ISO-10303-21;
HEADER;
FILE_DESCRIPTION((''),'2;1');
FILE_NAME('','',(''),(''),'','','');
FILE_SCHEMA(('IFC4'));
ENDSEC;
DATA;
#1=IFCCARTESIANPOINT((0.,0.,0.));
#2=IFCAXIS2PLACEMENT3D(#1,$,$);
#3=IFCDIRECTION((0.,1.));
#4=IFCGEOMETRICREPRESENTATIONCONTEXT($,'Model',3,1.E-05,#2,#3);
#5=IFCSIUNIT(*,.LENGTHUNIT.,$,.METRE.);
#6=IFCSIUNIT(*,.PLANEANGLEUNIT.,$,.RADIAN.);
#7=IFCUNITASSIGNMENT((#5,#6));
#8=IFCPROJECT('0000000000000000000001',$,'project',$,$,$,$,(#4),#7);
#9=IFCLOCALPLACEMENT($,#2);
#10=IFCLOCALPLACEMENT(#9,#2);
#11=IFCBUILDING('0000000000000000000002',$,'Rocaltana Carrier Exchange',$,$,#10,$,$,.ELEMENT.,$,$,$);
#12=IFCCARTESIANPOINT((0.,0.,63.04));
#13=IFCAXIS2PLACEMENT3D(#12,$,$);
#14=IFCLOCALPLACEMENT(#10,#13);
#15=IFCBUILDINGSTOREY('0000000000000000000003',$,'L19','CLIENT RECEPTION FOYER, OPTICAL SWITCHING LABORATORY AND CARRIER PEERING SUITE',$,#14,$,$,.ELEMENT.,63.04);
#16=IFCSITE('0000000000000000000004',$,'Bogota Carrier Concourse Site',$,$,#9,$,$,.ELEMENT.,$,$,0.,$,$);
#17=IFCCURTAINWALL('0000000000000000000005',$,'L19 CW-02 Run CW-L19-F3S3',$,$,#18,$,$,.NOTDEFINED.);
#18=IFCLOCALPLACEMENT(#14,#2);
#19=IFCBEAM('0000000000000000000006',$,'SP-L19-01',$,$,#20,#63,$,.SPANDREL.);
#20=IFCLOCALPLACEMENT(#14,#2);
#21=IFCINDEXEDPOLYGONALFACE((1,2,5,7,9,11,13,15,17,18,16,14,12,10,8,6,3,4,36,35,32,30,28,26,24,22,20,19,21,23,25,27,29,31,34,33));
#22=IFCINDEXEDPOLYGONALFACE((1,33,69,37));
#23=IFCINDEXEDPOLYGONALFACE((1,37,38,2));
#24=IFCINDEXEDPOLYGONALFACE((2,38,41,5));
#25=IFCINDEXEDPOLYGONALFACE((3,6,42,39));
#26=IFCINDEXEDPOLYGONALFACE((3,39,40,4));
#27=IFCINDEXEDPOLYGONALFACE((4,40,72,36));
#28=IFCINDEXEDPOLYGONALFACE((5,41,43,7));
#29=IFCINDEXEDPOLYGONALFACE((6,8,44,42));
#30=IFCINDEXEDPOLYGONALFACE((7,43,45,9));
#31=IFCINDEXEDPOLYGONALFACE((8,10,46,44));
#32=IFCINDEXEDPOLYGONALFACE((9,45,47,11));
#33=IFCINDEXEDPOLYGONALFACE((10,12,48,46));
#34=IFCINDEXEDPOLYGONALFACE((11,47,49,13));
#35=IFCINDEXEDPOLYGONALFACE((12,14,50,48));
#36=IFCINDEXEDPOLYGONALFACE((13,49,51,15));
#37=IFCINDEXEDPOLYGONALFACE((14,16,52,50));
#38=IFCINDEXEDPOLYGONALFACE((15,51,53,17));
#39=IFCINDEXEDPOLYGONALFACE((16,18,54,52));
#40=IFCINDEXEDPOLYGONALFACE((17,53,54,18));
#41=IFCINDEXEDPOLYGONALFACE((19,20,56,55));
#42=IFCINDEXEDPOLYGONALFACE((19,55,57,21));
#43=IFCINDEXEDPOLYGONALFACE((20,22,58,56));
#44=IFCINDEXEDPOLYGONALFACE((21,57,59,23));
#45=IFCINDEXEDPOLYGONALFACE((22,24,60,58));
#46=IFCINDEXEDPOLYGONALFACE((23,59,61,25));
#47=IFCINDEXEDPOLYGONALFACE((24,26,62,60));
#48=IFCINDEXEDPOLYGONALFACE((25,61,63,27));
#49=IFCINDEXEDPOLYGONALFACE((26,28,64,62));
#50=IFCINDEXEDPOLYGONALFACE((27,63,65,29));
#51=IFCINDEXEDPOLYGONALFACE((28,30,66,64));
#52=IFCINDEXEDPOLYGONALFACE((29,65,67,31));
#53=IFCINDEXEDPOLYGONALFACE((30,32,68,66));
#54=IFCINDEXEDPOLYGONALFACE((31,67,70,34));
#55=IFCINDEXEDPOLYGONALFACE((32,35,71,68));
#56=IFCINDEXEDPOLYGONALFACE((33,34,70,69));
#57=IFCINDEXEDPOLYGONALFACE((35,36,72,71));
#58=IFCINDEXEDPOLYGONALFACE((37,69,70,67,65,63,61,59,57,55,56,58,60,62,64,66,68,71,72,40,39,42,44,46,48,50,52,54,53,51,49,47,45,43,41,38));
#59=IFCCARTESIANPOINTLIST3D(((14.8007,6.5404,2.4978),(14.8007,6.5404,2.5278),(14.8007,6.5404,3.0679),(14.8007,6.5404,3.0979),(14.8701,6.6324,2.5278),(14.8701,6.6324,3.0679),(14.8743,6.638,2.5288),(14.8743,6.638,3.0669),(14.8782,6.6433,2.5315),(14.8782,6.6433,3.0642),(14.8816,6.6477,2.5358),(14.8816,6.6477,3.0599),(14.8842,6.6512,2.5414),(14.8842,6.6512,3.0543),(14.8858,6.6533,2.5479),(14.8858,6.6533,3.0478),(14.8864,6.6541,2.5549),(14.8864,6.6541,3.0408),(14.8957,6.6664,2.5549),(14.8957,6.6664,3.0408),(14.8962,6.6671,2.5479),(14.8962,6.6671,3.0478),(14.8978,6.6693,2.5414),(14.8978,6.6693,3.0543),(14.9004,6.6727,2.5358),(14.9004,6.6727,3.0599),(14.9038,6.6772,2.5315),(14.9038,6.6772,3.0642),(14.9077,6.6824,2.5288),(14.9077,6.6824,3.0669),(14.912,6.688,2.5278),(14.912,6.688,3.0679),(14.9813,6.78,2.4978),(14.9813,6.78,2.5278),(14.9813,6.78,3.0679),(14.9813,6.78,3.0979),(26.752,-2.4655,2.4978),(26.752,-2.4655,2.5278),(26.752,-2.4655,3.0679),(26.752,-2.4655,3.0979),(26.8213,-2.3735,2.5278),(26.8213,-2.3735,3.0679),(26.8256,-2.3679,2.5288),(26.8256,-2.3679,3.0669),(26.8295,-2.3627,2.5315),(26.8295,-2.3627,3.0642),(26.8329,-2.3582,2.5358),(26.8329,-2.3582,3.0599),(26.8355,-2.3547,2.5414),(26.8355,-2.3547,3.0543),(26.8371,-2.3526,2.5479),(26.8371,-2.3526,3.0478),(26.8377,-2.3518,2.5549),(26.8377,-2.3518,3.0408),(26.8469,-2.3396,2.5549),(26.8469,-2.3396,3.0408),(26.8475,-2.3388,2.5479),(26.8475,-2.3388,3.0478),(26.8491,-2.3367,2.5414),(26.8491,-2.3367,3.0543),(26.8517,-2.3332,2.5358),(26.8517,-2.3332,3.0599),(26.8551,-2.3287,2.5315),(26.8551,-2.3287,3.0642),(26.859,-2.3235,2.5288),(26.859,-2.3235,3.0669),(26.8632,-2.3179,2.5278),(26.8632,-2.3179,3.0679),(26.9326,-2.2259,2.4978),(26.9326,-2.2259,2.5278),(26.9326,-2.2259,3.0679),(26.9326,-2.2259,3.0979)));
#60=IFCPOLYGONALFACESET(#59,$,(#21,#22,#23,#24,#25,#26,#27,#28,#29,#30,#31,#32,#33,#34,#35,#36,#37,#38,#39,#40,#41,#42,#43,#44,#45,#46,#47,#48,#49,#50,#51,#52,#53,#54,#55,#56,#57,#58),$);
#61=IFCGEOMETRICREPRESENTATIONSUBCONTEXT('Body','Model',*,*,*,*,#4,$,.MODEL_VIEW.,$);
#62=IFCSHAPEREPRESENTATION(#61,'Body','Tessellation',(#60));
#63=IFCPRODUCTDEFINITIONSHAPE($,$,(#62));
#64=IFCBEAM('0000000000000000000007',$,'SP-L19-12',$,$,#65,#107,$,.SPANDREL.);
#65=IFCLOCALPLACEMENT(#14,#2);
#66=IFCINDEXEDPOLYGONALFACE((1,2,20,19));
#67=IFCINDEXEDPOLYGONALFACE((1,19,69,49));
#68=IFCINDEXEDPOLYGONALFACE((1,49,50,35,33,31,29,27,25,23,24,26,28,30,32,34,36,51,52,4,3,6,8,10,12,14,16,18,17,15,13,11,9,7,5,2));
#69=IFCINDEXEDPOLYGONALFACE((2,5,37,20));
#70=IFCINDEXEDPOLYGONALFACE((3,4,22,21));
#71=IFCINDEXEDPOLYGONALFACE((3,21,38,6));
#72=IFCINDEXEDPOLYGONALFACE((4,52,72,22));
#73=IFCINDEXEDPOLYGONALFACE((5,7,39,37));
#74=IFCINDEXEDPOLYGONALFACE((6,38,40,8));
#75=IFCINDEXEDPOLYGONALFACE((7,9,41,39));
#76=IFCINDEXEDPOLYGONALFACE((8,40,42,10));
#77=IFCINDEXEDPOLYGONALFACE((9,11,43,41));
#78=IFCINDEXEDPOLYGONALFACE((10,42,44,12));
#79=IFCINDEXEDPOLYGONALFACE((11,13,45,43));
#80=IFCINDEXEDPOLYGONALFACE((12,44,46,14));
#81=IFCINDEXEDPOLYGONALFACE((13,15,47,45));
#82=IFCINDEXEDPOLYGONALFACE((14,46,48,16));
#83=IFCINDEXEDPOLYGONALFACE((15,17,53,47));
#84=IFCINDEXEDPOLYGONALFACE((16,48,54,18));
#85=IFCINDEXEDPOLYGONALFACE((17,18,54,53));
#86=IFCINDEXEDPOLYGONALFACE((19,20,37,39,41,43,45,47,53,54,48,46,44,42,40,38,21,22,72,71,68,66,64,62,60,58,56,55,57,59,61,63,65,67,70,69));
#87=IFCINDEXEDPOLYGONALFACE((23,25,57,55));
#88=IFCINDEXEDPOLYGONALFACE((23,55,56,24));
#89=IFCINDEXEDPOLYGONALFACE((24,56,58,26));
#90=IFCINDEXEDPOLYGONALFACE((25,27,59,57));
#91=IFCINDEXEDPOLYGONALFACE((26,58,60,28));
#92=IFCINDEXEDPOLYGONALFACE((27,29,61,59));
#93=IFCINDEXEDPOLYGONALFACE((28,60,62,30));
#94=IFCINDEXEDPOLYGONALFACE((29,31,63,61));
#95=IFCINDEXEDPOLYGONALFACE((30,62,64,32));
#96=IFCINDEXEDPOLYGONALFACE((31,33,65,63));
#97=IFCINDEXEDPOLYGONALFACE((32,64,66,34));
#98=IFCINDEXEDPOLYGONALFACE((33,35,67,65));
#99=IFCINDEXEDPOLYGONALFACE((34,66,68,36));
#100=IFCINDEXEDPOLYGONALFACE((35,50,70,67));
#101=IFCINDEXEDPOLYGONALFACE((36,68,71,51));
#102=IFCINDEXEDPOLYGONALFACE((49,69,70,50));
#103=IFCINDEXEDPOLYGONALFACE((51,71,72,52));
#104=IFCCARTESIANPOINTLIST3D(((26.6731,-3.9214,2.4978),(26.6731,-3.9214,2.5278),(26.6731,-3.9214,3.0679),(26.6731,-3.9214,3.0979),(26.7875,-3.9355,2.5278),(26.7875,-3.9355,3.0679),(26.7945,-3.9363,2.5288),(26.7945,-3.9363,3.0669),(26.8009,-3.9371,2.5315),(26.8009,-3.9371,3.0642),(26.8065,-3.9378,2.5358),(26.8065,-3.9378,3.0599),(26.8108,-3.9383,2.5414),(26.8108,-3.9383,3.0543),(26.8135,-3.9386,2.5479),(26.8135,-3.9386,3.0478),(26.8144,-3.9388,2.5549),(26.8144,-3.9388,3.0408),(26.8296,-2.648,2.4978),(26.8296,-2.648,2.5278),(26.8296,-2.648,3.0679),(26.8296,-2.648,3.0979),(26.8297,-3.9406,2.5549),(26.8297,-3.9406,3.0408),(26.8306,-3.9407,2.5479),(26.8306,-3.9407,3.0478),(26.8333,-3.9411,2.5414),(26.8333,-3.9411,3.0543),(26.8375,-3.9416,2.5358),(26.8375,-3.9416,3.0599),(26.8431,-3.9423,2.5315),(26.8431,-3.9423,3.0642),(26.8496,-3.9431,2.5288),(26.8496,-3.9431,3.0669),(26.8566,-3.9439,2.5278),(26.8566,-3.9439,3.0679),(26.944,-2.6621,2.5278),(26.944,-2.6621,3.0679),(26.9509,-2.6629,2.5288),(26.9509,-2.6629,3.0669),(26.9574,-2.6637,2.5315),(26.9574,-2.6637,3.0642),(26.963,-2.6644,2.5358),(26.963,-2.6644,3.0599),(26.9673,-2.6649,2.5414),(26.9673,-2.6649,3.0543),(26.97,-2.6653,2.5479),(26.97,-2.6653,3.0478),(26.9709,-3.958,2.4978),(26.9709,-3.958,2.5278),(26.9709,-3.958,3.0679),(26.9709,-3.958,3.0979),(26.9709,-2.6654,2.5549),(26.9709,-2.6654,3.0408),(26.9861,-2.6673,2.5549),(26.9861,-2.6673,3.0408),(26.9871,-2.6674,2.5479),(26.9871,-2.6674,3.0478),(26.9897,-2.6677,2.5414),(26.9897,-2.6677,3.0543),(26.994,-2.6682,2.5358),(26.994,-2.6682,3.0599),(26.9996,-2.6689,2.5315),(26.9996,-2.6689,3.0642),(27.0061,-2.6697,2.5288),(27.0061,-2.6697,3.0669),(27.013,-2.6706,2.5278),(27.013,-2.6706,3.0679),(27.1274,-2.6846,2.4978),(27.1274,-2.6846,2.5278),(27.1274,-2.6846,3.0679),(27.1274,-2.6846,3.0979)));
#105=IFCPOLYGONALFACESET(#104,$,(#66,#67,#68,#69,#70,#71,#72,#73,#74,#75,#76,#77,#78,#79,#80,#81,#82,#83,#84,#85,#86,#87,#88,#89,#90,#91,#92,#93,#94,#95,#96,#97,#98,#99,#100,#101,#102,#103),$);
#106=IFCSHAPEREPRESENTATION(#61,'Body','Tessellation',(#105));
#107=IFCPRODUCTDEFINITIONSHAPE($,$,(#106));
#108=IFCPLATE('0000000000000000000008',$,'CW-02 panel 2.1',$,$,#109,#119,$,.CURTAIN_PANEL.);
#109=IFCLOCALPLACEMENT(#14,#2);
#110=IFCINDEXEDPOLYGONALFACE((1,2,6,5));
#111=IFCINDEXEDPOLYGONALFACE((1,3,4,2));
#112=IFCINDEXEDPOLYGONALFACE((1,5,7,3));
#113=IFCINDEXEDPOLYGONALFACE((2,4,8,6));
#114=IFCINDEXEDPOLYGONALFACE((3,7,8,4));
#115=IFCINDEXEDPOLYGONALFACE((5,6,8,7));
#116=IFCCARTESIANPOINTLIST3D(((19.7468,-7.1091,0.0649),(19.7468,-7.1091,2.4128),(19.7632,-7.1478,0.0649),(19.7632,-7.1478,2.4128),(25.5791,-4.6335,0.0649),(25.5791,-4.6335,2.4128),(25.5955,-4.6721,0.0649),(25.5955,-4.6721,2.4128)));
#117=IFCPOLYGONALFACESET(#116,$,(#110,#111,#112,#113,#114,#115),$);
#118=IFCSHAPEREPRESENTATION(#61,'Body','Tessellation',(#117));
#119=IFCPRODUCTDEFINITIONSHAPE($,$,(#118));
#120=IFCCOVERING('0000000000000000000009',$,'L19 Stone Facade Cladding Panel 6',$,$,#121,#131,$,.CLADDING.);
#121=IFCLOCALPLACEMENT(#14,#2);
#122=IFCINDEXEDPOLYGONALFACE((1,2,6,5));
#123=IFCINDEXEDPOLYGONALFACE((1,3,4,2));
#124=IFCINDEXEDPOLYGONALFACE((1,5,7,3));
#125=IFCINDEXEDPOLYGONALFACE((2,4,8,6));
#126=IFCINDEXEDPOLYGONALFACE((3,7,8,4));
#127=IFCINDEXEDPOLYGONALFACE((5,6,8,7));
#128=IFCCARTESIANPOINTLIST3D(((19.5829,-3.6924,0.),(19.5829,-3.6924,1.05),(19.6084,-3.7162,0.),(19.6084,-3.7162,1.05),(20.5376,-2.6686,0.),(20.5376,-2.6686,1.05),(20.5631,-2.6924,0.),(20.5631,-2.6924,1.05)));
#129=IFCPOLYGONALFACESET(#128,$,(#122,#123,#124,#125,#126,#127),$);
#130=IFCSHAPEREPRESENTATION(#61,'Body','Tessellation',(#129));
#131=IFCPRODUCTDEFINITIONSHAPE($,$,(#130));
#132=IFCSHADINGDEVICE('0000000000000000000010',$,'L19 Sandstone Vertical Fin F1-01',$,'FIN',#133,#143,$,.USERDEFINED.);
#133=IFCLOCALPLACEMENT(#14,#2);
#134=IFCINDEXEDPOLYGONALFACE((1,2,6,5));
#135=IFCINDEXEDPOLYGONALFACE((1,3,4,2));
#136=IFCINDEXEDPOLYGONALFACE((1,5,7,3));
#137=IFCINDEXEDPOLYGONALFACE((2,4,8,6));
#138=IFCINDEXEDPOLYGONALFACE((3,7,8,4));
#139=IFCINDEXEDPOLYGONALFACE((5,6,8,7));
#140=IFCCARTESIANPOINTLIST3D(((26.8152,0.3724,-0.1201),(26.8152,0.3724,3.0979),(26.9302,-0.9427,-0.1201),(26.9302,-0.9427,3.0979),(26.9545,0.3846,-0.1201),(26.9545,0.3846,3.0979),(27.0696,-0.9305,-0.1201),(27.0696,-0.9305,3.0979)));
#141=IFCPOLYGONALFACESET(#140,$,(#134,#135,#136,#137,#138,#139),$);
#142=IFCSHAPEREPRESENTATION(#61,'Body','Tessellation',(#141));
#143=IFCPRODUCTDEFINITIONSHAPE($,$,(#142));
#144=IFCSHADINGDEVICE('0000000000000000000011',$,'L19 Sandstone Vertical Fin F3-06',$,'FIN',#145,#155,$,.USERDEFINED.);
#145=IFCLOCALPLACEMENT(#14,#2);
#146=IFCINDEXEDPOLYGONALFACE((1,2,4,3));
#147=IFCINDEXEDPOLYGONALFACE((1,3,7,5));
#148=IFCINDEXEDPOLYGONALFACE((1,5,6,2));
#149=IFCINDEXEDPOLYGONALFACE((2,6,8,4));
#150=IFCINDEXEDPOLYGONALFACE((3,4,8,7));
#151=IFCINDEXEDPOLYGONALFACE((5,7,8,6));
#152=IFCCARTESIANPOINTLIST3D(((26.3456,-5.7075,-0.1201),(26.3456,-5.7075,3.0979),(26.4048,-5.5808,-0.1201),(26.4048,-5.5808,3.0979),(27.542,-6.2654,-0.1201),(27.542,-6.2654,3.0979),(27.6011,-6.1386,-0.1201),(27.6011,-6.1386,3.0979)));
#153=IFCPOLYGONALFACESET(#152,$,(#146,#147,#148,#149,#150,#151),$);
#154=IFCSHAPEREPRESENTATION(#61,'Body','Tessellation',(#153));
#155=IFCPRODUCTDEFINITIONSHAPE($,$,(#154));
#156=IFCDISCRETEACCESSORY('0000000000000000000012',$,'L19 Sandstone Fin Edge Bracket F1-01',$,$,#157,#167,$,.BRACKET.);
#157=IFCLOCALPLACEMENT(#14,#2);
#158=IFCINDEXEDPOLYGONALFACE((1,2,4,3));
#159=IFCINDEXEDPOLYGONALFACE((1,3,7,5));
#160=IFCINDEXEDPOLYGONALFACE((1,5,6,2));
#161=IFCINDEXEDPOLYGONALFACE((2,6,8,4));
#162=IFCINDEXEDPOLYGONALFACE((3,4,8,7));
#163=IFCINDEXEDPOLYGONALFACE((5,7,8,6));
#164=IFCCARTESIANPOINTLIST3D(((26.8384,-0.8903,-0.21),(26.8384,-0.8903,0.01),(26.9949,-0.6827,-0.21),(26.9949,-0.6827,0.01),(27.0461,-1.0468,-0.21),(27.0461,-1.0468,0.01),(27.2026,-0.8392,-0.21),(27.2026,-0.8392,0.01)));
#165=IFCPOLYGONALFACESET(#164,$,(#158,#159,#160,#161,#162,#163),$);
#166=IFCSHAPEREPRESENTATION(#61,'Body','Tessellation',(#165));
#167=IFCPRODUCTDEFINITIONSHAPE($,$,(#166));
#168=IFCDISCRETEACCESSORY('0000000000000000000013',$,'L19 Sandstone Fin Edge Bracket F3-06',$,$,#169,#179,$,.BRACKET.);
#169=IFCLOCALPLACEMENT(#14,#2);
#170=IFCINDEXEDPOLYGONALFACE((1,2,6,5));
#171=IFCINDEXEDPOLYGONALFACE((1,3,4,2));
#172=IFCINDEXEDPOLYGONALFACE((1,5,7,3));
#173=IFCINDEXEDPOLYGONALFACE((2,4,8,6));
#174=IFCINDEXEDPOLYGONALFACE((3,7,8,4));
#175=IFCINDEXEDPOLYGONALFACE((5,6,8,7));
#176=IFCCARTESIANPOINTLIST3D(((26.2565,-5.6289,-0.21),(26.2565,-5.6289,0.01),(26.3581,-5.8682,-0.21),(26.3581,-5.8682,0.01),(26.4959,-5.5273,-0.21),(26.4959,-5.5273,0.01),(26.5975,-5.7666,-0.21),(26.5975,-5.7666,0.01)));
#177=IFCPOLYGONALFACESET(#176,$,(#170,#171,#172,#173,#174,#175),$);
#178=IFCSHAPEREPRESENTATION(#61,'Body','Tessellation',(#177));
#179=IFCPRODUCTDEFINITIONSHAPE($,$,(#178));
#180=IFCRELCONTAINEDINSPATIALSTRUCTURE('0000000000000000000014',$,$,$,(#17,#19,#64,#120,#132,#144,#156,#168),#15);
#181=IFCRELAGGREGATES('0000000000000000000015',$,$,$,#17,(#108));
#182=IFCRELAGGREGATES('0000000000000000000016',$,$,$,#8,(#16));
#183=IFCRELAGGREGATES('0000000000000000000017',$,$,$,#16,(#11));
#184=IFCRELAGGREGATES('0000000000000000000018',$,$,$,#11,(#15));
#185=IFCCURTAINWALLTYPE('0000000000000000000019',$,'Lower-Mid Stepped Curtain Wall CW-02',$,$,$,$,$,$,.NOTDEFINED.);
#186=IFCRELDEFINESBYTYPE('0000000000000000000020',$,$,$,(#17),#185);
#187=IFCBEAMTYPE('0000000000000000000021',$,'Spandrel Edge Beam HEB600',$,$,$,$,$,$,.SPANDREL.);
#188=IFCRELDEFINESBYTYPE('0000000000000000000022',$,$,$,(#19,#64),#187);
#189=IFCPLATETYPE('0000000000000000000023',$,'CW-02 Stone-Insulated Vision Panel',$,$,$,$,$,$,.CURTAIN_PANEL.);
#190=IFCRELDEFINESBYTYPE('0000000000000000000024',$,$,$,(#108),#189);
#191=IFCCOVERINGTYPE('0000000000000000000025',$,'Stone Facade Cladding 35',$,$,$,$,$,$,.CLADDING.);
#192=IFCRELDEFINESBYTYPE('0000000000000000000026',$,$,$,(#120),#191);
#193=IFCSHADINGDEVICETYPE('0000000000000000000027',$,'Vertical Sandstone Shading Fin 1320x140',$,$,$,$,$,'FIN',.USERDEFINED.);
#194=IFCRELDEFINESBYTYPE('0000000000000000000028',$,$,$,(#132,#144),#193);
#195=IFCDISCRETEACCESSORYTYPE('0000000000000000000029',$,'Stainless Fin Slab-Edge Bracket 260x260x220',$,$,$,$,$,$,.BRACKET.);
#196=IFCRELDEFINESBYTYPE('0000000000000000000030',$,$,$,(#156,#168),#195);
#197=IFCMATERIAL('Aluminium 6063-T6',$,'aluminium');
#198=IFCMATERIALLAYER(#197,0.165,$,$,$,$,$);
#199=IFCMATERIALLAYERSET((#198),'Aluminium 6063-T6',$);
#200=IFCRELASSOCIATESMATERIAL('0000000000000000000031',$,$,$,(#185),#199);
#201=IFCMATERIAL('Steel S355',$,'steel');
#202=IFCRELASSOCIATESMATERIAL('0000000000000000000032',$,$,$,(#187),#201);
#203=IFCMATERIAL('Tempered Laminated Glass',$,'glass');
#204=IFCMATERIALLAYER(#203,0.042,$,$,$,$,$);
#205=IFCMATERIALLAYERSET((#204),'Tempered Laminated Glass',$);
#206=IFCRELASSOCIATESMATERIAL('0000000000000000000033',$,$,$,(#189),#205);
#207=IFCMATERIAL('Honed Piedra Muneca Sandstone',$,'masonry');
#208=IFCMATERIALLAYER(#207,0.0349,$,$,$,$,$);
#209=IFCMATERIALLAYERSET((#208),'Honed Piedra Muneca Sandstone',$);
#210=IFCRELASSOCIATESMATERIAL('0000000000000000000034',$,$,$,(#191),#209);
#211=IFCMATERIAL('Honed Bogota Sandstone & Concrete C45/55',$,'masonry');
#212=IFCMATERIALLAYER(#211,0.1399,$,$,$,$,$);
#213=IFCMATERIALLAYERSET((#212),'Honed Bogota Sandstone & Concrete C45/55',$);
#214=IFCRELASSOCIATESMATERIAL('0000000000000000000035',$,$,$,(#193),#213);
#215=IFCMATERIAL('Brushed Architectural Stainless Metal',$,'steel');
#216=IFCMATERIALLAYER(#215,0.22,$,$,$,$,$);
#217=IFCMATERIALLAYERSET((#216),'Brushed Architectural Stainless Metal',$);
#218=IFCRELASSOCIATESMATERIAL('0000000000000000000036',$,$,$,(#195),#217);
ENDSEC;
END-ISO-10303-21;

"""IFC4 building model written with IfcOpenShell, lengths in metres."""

from ifc_helpers import new_model, si_unit, direction, frame, origin, origin_2d, place, context, subcontext, project, spatial, rectangle, i_section, extrude, material, layer, layer_set, material_profile, profile_set, type_object, element, aggregate, save


model = new_model("IFC4")

# Units and contexts
model_context = context("Model", 3, precision=1e-05, world=origin(), true_north=direction((0.0, 1.0)))
body_context = subcontext(model_context, "Body", "Model", "MODEL_VIEW")
ifc_project = project(units=[si_unit("LENGTHUNIT", "METRE"), si_unit("PLANEANGLEUNIT", "RADIAN")], contexts=[model_context])

# Site, building, storey
site_placement = place(None, origin())
site = spatial("IfcSite", under=ifc_project, at=site_placement, Name="Bogota Carrier Concourse Site", CompositionType="ELEMENT", RefElevation=0.0)
building_placement = place(site_placement, origin())
building = spatial("IfcBuilding", under=site, at=building_placement, Name="Rocaltana Carrier Exchange", CompositionType="ELEMENT")
storey_placement = place(building_placement, frame((0.0, 0.0, 63.04)))
storey = spatial("IfcBuildingStorey", under=building, at=storey_placement, Name="L19", Description="CLIENT RECEPTION FOYER, OPTICAL SWITCHING LABORATORY AND CARRIER PEERING SUITE", CompositionType="ELEMENT", Elevation=63.04)

# Shared definitions
ifc_material_1 = material(Name="Aluminium 6063-T6", Category="aluminium")
ifc_layer_1 = layer(ifc_material_1, 0.165)
ifc_layer_set_1 = layer_set([ifc_layer_1], Name="Aluminium 6063-T6")
curtain_wall_type = type_object("IfcCurtainWallType", Name="Lower-Mid Stepped Curtain Wall CW-02", PredefinedType="NOTDEFINED", material=ifc_layer_set_1)

# Curtain wall
curtain_wall_1_placement = place(storey_placement, origin())
curtain_wall_1 = element("IfcCurtainWall", 1, at=curtain_wall_1_placement, inside=storey, type_object=curtain_wall_type, Name="L19 CW-02 Run CW-L19-F3S3", PredefinedType="NOTDEFINED")

# Beams
ifc_material_2 = material(Name="Steel S355", Category="steel")
ifc_material_profile_1 = material_profile(ifc_material_2, i_section(OverallWidth=0.3, OverallDepth=0.6001, WebThickness=0.0154, FlangeThickness=0.03, FilletRadius=0.0271, at=origin_2d()), Name="HEB600")
ifc_profile_set_1 = profile_set([ifc_material_profile_1], Name="Steel S355")
beam_type_1 = type_object("IfcBeamType", Name="Spandrel Edge Beam HEB600", PredefinedType="SPANDREL", material=ifc_profile_set_1)
beam_1_placement = place(storey_placement, frame((26.8423, -2.3457, 2.7979), z_axis=(-0.798635, 0.601815, 0.0), x_axis=(-0.601815, -0.798635, 0.0)))
element("IfcBeam", 2, at=beam_1_placement, inside=storey, type_object=beam_type_1, Name="SP-L19-01", PredefinedType="SPANDREL", context=body_context, shape_type="SweptSolid", body=[
    extrude(i_section(OverallWidth=0.3, OverallDepth=0.6001, WebThickness=0.0154, FlangeThickness=0.03, FilletRadius=0.0271, at=origin_2d()), origin(), (0.0, 0.0, 1.0), 14.9646),
])
beam_2_placement = place(storey_placement, frame((26.822, -3.9397, 2.7979), z_axis=(0.121974, 0.992533, 0.0), x_axis=(-0.992533, 0.121974, 0.0)))
element("IfcBeam", 3, at=beam_2_placement, inside=storey, type_object=beam_type_1, Name="SP-L19-12", PredefinedType="SPANDREL", context=body_context, shape_type="SweptSolid", body=[
    extrude(i_section(OverallWidth=0.3, OverallDepth=0.6001, WebThickness=0.0154, FlangeThickness=0.03, FilletRadius=0.0271, at=origin_2d()), origin(), (0.0, 0.0, 1.0), 1.283),
])

# Plate
ifc_material_3 = material(Name="Tempered Laminated Glass", Category="glass")
ifc_layer_2 = layer(ifc_material_3, 0.042)
ifc_layer_set_2 = layer_set([ifc_layer_2], Name="Tempered Laminated Glass")
plate_type = type_object("IfcPlateType", Name="CW-02 Stone-Insulated Vision Panel", PredefinedType="CURTAIN_PANEL", material=ifc_layer_set_2)
plate_placement = place(storey_placement, frame((22.6711, -5.8906, 0.0649), z_axis=(0.0, 0.0, 1.0), x_axis=(0.920503, 0.390735, 0.0)))
plate = element("IfcPlate", 4, at=plate_placement, type_object=plate_type, Name="CW-02 panel 2.1", PredefinedType="CURTAIN_PANEL", context=body_context, shape_type="SweptSolid", body=[
    extrude(rectangle(XDim=6.3359, YDim=0.042, at=origin_2d()), origin(), (0.0, 0.0, 1.0), 2.3479),
])
aggregate(curtain_wall_1, [plate])

# Covering
ifc_material_4 = material(Name="Honed Piedra Muneca Sandstone", Category="masonry")
ifc_layer_3 = layer(ifc_material_4, 0.0349)
ifc_layer_set_3 = layer_set([ifc_layer_3], Name="Honed Piedra Muneca Sandstone")
covering_type = type_object("IfcCoveringType", Name="Stone Facade Cladding 35", PredefinedType="CLADDING", material=ifc_layer_set_3)
covering_placement = place(storey_placement, frame((20.073, -3.1924, 0.0), z_axis=(0.0, 0.0, 1.0), x_axis=(0.681998, 0.731354, 0.0)))
element("IfcCovering", 5, at=covering_placement, inside=storey, type_object=covering_type, Name="L19 Stone Facade Cladding Panel 6", PredefinedType="CLADDING", context=body_context, shape_type="SweptSolid", body=[
    extrude(rectangle(XDim=1.3999, YDim=0.0349, at=origin_2d()), origin(), (0.0, 0.0, 1.0), 1.05),
])

# Shading devices
ifc_material_5 = material(Name="Honed Bogota Sandstone & Concrete C45/55", Category="masonry")
ifc_layer_4 = layer(ifc_material_5, 0.1399)
ifc_layer_set_4 = layer_set([ifc_layer_4], Name="Honed Bogota Sandstone & Concrete C45/55")
shading_device_type = type_object("IfcShadingDeviceType", Name="Vertical Sandstone Shading Fin 1320x140", ElementType="FIN", PredefinedType="USERDEFINED", material=ifc_layer_set_4)
for number, where, z_axis, x_axis, name in (
    (6, (26.9424, -0.2791, -0.1201), (0.0, 0.0, 1.0), (-0.087156, 0.996195, 0.0), "L19 Sandstone Vertical Fin F1-01"),
    (7, (26.9734, -5.9231, -0.1201), (0.0, 0.0, 1.0), (0.906308, -0.422618, 0.0), "L19 Sandstone Vertical Fin F3-06"),
):
    element("IfcShadingDevice", number, at=place(storey_placement, frame(where, z_axis=z_axis, x_axis=x_axis)), inside=storey, type_object=shading_device_type, Name=name, ObjectType="FIN", PredefinedType="USERDEFINED", context=body_context, shape_type="SweptSolid", body=[
        extrude(rectangle(XDim=1.3201, YDim=0.1399, at=origin_2d()), origin(), (0.0, 0.0, 1.0), 3.218),
    ])

# Discrete accessories
ifc_material_6 = material(Name="Brushed Architectural Stainless Metal", Category="steel")
ifc_layer_5 = layer(ifc_material_6, 0.22)
ifc_layer_set_5 = layer_set([ifc_layer_5], Name="Brushed Architectural Stainless Metal")
discrete_accessory_type = type_object("IfcDiscreteAccessoryType", Name="Stainless Fin Slab-Edge Bracket 260x260x220", PredefinedType="BRACKET", material=ifc_layer_set_5)
for number, where, z_axis, x_axis, name in (
    (8, (27.0205, -0.8647, -0.21), (0.0, 0.0, 1.0), (-0.798636, 0.601815, 0.0), "L19 Sandstone Fin Edge Bracket F1-01"),
    (9, (26.427, -5.6978, -0.21), (0.0, 0.0, 1.0), (0.920505, 0.390731, 0.0), "L19 Sandstone Fin Edge Bracket F3-06"),
):
    element("IfcDiscreteAccessory", number, at=place(storey_placement, frame(where, z_axis=z_axis, x_axis=x_axis)), inside=storey, type_object=discrete_accessory_type, Name=name, PredefinedType="BRACKET", context=body_context, shape_type="SweptSolid", body=[
        extrude(rectangle(XDim=0.26, YDim=0.26, at=origin_2d()), origin(), (0.0, 0.0, 1.0), 0.22),
    ])

save(model, "model.ifc")
